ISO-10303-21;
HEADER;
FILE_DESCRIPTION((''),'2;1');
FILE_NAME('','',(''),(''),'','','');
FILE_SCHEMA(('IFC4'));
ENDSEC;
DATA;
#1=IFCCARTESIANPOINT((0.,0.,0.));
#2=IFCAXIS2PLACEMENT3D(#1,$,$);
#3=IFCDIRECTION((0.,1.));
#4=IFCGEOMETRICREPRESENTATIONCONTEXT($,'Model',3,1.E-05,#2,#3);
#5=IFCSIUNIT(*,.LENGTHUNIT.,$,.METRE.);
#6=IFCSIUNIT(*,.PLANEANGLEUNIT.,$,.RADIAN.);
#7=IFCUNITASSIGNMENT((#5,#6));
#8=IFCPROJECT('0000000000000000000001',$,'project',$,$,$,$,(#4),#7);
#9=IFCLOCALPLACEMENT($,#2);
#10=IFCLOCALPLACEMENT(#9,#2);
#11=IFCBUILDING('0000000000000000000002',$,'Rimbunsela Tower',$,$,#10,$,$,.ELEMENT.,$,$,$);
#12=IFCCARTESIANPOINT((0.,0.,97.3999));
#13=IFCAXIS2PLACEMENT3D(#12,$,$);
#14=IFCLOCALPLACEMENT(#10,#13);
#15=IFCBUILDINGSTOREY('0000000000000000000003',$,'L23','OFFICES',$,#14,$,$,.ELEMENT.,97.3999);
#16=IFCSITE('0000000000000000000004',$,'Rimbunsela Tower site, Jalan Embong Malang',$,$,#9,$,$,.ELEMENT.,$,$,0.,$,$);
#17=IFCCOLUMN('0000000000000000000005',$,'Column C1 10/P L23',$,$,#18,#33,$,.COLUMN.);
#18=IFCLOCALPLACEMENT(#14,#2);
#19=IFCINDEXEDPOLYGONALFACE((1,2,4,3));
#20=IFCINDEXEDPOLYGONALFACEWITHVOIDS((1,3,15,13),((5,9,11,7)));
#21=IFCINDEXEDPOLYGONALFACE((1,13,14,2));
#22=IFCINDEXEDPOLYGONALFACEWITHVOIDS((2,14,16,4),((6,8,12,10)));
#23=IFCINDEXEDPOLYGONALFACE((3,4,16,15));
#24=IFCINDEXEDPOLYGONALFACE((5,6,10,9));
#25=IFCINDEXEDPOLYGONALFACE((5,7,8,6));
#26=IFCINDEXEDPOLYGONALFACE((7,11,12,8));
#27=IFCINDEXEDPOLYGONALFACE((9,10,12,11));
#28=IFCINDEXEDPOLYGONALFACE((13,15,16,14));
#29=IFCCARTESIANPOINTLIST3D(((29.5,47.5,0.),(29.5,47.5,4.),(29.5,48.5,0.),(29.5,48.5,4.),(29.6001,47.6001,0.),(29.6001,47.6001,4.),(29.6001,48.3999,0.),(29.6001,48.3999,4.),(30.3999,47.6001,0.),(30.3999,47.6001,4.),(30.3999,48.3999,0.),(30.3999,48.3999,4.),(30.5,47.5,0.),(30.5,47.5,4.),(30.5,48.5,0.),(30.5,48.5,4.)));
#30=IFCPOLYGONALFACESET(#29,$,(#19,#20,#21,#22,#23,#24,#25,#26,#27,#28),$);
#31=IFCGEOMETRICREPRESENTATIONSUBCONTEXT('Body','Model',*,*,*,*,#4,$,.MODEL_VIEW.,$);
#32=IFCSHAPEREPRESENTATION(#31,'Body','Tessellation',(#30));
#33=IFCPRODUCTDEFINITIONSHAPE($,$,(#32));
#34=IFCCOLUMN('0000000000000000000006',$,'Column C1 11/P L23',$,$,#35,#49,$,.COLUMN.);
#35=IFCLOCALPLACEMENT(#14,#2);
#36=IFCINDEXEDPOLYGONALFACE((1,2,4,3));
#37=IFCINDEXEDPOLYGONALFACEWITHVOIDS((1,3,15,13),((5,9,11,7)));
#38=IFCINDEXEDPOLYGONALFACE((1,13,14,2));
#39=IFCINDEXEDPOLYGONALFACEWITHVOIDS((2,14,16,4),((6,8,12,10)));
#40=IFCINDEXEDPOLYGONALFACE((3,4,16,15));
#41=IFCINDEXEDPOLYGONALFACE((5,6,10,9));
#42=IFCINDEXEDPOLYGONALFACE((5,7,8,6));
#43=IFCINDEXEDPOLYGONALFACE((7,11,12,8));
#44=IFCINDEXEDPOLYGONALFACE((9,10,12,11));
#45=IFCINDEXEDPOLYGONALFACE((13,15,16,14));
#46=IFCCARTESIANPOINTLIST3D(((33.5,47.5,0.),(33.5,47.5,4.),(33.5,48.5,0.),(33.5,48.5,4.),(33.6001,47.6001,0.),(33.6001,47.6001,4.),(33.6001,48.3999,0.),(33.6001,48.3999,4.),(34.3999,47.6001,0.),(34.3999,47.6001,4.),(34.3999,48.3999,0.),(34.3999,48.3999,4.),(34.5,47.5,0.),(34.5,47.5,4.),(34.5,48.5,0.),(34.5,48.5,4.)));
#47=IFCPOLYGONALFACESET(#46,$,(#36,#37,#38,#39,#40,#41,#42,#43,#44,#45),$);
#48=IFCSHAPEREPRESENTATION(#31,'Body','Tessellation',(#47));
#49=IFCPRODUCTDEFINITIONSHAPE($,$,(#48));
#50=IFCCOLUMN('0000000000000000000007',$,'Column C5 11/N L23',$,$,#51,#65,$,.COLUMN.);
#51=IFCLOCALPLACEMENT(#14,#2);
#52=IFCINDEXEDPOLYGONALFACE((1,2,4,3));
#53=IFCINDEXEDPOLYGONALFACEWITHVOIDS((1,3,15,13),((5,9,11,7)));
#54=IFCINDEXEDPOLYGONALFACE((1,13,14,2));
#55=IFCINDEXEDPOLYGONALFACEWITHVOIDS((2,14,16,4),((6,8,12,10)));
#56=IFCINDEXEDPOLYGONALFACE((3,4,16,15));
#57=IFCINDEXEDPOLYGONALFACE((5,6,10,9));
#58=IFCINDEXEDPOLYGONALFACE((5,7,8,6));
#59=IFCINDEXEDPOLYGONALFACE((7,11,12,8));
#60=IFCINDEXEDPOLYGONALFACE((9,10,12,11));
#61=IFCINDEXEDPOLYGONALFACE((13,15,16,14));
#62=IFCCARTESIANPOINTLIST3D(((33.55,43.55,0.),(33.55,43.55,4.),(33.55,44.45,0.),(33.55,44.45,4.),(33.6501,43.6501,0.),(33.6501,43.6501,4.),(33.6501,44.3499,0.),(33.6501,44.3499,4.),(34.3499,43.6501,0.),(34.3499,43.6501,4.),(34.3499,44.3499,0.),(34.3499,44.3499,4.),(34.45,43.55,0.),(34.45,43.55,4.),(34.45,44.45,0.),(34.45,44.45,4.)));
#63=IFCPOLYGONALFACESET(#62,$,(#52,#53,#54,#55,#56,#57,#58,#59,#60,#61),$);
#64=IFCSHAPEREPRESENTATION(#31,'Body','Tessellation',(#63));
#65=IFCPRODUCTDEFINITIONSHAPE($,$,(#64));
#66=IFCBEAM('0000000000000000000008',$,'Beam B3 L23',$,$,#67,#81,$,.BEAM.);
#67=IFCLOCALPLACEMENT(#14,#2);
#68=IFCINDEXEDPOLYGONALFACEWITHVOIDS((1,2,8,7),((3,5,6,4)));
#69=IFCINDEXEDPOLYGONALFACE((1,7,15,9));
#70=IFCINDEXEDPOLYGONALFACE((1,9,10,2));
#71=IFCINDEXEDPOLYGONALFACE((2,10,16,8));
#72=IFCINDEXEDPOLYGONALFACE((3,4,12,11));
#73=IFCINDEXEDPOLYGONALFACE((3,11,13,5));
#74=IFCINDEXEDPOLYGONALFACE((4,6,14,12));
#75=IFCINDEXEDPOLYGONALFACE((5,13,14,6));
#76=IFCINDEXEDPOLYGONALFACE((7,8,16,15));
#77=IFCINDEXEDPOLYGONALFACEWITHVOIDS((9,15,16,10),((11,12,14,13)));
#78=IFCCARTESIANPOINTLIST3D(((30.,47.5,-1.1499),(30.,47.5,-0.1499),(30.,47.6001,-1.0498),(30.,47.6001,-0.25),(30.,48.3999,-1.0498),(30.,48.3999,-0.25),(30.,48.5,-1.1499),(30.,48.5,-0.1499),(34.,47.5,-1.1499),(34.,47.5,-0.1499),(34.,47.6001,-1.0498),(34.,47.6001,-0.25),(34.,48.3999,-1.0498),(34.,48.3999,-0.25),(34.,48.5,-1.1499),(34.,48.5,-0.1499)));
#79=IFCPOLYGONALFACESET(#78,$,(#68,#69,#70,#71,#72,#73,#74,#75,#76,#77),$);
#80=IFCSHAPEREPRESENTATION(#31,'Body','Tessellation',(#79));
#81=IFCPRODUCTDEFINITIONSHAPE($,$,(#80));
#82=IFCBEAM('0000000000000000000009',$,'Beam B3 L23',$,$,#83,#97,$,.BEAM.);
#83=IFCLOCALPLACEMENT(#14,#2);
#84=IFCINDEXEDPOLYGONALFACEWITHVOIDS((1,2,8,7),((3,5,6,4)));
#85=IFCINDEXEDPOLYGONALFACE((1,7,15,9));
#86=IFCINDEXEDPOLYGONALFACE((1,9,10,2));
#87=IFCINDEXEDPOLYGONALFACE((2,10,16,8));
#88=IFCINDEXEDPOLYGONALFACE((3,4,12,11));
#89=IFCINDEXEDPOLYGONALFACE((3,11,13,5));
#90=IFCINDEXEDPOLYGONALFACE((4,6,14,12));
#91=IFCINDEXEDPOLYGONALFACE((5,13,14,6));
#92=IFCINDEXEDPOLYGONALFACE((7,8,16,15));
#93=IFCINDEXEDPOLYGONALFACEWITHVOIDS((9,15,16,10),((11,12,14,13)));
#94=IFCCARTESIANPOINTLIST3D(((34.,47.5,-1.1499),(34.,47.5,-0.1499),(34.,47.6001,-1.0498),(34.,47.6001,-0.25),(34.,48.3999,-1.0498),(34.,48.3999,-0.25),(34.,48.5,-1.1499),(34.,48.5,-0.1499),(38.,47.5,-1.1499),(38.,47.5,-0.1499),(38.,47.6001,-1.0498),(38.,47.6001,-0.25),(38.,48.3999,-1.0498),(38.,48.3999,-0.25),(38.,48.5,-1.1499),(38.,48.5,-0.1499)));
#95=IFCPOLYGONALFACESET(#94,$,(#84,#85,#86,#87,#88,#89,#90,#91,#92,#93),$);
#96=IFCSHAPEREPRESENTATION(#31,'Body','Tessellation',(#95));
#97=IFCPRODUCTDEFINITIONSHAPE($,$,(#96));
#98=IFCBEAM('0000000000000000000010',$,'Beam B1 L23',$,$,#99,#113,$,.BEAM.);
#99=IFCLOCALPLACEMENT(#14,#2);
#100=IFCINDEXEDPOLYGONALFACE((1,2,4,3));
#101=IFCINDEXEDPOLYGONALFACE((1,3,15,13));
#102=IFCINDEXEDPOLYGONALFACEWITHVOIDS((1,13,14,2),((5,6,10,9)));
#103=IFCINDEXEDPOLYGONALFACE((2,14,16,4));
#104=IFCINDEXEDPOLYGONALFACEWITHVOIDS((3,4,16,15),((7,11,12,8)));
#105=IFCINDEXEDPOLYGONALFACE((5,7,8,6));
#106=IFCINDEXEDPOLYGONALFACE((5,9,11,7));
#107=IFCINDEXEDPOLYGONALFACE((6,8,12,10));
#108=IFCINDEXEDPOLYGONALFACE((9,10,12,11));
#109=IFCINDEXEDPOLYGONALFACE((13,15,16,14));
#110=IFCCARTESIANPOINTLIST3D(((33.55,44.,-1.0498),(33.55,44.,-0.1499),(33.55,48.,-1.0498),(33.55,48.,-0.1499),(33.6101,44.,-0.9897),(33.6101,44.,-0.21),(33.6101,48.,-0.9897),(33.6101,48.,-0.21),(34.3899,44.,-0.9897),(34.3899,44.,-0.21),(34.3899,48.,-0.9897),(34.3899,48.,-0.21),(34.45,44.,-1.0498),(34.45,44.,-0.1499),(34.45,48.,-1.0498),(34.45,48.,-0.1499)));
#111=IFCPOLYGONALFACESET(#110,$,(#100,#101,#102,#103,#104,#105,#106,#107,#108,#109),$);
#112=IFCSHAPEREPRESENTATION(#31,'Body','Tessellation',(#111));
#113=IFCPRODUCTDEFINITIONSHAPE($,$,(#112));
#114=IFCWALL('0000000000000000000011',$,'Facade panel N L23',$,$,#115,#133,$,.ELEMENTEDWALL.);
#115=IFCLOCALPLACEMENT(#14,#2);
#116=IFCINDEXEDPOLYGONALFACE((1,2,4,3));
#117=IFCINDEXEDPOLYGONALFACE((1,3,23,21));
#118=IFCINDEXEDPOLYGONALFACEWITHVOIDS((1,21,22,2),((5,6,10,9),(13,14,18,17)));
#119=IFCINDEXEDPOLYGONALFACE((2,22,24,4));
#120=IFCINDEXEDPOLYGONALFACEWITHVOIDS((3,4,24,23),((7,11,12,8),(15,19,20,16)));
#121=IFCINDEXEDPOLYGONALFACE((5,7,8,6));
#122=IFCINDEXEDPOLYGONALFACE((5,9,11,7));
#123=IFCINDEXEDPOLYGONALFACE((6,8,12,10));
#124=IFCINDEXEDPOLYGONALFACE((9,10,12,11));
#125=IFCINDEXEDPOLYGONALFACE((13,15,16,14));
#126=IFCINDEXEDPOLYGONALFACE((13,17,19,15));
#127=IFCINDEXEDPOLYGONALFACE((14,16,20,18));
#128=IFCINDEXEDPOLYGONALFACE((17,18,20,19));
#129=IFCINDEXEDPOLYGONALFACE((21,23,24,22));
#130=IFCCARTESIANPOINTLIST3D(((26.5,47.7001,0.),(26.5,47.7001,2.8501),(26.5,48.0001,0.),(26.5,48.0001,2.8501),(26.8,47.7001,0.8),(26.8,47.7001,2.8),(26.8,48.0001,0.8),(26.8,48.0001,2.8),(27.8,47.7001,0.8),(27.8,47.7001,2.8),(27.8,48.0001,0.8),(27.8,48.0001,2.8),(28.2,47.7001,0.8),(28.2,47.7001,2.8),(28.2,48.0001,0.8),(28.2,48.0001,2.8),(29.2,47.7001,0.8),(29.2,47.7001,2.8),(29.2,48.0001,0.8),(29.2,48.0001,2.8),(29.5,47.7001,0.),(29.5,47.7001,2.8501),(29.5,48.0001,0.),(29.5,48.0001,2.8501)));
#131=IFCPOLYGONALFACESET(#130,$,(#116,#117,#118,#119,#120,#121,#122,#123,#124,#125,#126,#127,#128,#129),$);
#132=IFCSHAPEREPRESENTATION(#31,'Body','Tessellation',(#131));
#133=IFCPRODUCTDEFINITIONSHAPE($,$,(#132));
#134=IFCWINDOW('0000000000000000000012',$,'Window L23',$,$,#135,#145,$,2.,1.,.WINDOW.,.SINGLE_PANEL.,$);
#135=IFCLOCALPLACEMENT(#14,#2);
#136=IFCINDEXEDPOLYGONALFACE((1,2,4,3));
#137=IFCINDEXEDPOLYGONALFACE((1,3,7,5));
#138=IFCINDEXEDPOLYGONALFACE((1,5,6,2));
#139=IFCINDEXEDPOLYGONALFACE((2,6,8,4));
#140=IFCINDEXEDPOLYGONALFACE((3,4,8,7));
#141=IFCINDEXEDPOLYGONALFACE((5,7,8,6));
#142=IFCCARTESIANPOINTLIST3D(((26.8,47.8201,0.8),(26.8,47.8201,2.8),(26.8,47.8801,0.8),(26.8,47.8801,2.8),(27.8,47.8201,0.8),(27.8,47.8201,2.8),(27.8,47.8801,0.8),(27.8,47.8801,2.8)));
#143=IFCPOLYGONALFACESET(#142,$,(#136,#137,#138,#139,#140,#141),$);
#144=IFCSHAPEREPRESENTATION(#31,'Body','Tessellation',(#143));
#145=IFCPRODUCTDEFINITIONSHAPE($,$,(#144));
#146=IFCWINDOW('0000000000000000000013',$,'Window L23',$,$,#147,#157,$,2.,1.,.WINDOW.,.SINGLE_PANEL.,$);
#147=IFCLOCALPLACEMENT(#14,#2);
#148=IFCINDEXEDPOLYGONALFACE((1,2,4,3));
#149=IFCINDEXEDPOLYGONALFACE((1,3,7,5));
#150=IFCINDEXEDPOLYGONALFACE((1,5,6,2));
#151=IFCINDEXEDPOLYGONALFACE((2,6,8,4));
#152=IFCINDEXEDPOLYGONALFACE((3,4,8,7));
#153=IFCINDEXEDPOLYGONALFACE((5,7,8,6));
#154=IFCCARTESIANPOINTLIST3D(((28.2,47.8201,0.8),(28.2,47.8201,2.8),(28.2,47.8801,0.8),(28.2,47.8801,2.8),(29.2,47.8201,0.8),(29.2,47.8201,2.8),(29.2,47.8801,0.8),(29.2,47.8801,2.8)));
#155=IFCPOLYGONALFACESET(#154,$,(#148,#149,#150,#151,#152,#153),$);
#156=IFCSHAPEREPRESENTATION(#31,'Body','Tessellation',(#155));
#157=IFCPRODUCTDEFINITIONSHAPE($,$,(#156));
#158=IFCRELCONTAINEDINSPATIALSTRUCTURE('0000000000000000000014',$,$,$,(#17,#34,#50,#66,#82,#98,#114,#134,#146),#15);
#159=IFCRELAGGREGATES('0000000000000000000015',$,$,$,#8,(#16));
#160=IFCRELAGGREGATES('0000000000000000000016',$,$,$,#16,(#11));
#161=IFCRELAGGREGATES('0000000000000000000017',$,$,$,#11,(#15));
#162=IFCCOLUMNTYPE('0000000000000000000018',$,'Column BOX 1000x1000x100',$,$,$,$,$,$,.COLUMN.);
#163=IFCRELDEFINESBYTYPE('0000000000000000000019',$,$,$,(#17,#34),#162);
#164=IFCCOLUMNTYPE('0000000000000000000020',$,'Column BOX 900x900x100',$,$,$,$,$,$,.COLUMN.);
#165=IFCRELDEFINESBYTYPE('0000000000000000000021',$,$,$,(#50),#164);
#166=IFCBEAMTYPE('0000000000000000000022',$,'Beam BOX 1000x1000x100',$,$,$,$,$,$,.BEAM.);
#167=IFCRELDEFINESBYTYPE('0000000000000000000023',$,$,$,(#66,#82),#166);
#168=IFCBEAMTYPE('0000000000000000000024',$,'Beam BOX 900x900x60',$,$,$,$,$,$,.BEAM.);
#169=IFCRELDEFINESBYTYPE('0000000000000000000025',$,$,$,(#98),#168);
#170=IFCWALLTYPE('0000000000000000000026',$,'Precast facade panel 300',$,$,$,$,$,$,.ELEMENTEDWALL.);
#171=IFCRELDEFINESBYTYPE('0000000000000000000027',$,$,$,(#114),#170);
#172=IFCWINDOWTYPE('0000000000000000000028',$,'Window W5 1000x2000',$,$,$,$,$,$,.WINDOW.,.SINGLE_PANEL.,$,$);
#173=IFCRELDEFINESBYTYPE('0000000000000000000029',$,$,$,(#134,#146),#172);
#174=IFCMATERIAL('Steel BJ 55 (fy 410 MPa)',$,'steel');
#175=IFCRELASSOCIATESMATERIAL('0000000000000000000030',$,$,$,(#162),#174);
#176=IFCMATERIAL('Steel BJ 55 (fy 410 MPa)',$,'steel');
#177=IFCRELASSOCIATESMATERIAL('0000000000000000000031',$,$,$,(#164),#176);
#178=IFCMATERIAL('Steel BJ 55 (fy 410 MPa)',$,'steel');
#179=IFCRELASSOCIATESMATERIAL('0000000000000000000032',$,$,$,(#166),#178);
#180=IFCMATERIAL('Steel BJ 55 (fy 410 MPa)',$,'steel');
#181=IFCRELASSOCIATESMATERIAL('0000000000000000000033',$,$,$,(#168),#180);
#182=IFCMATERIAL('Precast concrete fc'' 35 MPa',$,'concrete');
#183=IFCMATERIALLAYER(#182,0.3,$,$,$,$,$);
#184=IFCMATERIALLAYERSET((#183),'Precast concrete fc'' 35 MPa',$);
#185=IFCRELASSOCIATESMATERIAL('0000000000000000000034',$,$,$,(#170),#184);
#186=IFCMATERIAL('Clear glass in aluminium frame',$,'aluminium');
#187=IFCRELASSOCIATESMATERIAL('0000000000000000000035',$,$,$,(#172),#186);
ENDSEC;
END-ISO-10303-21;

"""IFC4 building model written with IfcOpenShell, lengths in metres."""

from ifc_helpers import new_model, si_unit, direction, frame, frame_2d, origin, origin_2d, place, context, subcontext, project, spatial, rectangle, hollow_rectangle, extrude, material, layer, layer_set, material_profile, profile_set, type_object, element, fill, save


model = new_model("IFC4")

# Units and contexts
model_context = context("Model", 3, precision=1e-05, world=origin(), true_north=direction((0.0, 1.0)))
body_context = subcontext(model_context, "Body", "Model", "MODEL_VIEW")
ifc_project = project(units=[si_unit("LENGTHUNIT", "METRE"), si_unit("PLANEANGLEUNIT", "RADIAN")], contexts=[model_context])

# Site, building, storey
site_placement = place(None, origin())
site = spatial("IfcSite", under=ifc_project, at=site_placement, Name="Rimbunsela Tower site, Jalan Embong Malang", CompositionType="ELEMENT", RefElevation=0.0)
building_placement = place(site_placement, origin())
building = spatial("IfcBuilding", under=site, at=building_placement, Name="Rimbunsela Tower", CompositionType="ELEMENT")
storey_placement = place(building_placement, frame((0.0, 0.0, 97.3999)))
storey = spatial("IfcBuildingStorey", under=building, at=storey_placement, Name="L23", Description="OFFICES", CompositionType="ELEMENT", Elevation=97.3999)

# Columns
ifc_material_1 = material(Name="Steel BJ 55 (fy 410 MPa)", Category="steel")
ifc_material_profile_1 = material_profile(ifc_material_1, hollow_rectangle(XDim=1.0, YDim=1.0, WallThickness=0.1001, at=origin_2d()), Name="BOX 1000x1000x100")
ifc_profile_set_1 = profile_set([ifc_material_profile_1], Name="Steel BJ 55 (fy 410 MPa)")
column_type_1 = type_object("IfcColumnType", Name="Column BOX 1000x1000x100", PredefinedType="COLUMN", material=ifc_profile_set_1)
for number, where, z_axis, x_axis, name in (
    (1, (30.0, 48.0, 0.0), (0.0, 0.0, 1.0), (1.0, 0.0, 0.0), "Column C1 10/P L23"),
    (2, (34.0, 48.0, 0.0), (0.0, 0.0, 1.0), (1.0, 0.0, 0.0), "Column C1 11/P L23"),
):
    element("IfcColumn", number, at=place(storey_placement, frame(where, z_axis=z_axis, x_axis=x_axis)), inside=storey, type_object=column_type_1, Name=name, PredefinedType="COLUMN", context=body_context, shape_type="SweptSolid", body=[
        extrude(hollow_rectangle(XDim=1.0, YDim=1.0, WallThickness=0.1001, at=origin_2d()), origin(), (0.0, 0.0, 1.0), 4.0),
    ])
ifc_material_2 = material(Name="Steel BJ 55 (fy 410 MPa)", Category="steel")
ifc_material_profile_2 = material_profile(ifc_material_2, hollow_rectangle(XDim=0.8999, YDim=0.8999, WallThickness=0.1001, at=origin_2d()), Name="BOX 900x900x100")
ifc_profile_set_2 = profile_set([ifc_material_profile_2], Name="Steel BJ 55 (fy 410 MPa)")
column_type_2 = type_object("IfcColumnType", Name="Column BOX 900x900x100", PredefinedType="COLUMN", material=ifc_profile_set_2)
column_placement = place(storey_placement, frame((34.0, 44.0, 0.0), z_axis=(0.0, 0.0, 1.0), x_axis=(1.0, 0.0, 0.0)))
element("IfcColumn", 3, at=column_placement, inside=storey, type_object=column_type_2, Name="Column C5 11/N L23", PredefinedType="COLUMN", context=body_context, shape_type="SweptSolid", body=[
    extrude(hollow_rectangle(XDim=0.8999, YDim=0.8999, WallThickness=0.1001, at=origin_2d()), origin(), (0.0, 0.0, 1.0), 4.0),
])

# Beams
ifc_material_3 = material(Name="Steel BJ 55 (fy 410 MPa)", Category="steel")
ifc_material_profile_3 = material_profile(ifc_material_3, hollow_rectangle(XDim=1.0, YDim=1.0, WallThickness=0.1001, at=origin_2d()), Name="BOX 1000x1000x100")
ifc_profile_set_3 = profile_set([ifc_material_profile_3], Name="Steel BJ 55 (fy 410 MPa)")
beam_type_1 = type_object("IfcBeamType", Name="Beam BOX 1000x1000x100", PredefinedType="BEAM", material=ifc_profile_set_3)
for number, where, z_axis, x_axis, name in (
    (4, (30.0, 48.0, -0.6499), (1.0, 0.0, 0.0), (0.0, 1.0, 0.0), "Beam B3 L23"),
    (5, (34.0, 48.0, -0.6499), (1.0, 0.0, 0.0), (0.0, 1.0, 0.0), "Beam B3 L23"),
):
    element("IfcBeam", number, at=place(storey_placement, frame(where, z_axis=z_axis, x_axis=x_axis)), inside=storey, type_object=beam_type_1, Name=name, PredefinedType="BEAM", context=body_context, shape_type="SweptSolid", body=[
        extrude(hollow_rectangle(XDim=1.0, YDim=1.0, WallThickness=0.1001, at=origin_2d()), origin(), (0.0, 0.0, 1.0), 4.0),
    ])
ifc_material_4 = material(Name="Steel BJ 55 (fy 410 MPa)", Category="steel")
ifc_material_profile_4 = material_profile(ifc_material_4, hollow_rectangle(XDim=0.8999, YDim=0.8999, WallThickness=0.0601, at=origin_2d()), Name="BOX 900x900x60")
ifc_profile_set_4 = profile_set([ifc_material_profile_4], Name="Steel BJ 55 (fy 410 MPa)")
beam_type_2 = type_object("IfcBeamType", Name="Beam BOX 900x900x60", PredefinedType="BEAM", material=ifc_profile_set_4)
beam_placement = place(storey_placement, frame((34.0, 44.0, -0.5999), z_axis=(0.0, 1.0, 0.0), x_axis=(-1.0, 0.0, 0.0)))
element("IfcBeam", 6, at=beam_placement, inside=storey, type_object=beam_type_2, Name="Beam B1 L23", PredefinedType="BEAM", context=body_context, shape_type="SweptSolid", body=[
    extrude(hollow_rectangle(XDim=0.8999, YDim=0.8999, WallThickness=0.0601, at=origin_2d()), origin(), (0.0, 0.0, 1.0), 4.0),
])

# Wall, openings, windows
ifc_material_5 = material(Name="Precast concrete fc' 35 MPa", Category="concrete")
ifc_layer_1 = layer(ifc_material_5, 0.3)
ifc_layer_set_1 = layer_set([ifc_layer_1], Name="Precast concrete fc' 35 MPa")
wall_type_1 = type_object("IfcWallType", Name="Precast facade panel 300", PredefinedType="ELEMENTEDWALL", material=ifc_layer_set_1)
wall_1_placement = place(storey_placement, frame((29.5, 47.8501, 0.0), z_axis=(0.0, 0.0, 1.0), x_axis=(-1.0, 0.0, 0.0)))
wall_1 = element("IfcWall", 7, at=wall_1_placement, inside=storey, type_object=wall_type_1, Name="Facade panel N L23", PredefinedType="ELEMENTEDWALL", context=body_context, shape_type="SweptSolid", body=[
    extrude(rectangle(XDim=3.0, YDim=0.3, at=frame_2d((1.5, 0.0))), origin(), (0.0, 0.0, 1.0), 2.8501),
])
opening_1_placement = place(wall_1_placement, frame((1.7, 0.0, 0.8)))
opening_1 = element("IfcOpeningElement", 8, at=opening_1_placement, cuts=wall_1, PredefinedType="OPENING", context=body_context, shape_type="SweptSolid", body=[
    extrude(rectangle(XDim=1.0, YDim=2.0, at=frame_2d((0.5, 1.0))), frame((0.0, 0.1599, 0.0), z_axis=(0.0, -1.0, 0.0), x_axis=(1.0, 0.0, 0.0)), (0.0, 0.0, 1.0), 0.3201),
])
opening_2_placement = place(wall_1_placement, frame((0.3, 0.0, 0.8)))
opening_2 = element("IfcOpeningElement", 9, at=opening_2_placement, cuts=wall_1, PredefinedType="OPENING", context=body_context, shape_type="SweptSolid", body=[
    extrude(rectangle(XDim=1.0, YDim=2.0, at=frame_2d((0.5, 1.0))), frame((0.0, 0.1599, 0.0), z_axis=(0.0, -1.0, 0.0), x_axis=(1.0, 0.0, 0.0)), (0.0, 0.0, 1.0), 0.3201),
])
ifc_material_6 = material(Name="Clear glass in aluminium frame", Category="aluminium")
window_type_1 = type_object("IfcWindowType", Name="Window W5 1000x2000", PartitioningType="SINGLE_PANEL", PredefinedType="WINDOW", material=ifc_material_6)
window_1_placement = place(opening_1_placement, origin())
window_1 = element("IfcWindow", 10, at=window_1_placement, inside=storey, type_object=window_type_1, Name="Window L23", OverallHeight=2.0, OverallWidth=1.0, PartitioningType="SINGLE_PANEL", PredefinedType="WINDOW", context=body_context, shape_type="SweptSolid", body=[
    extrude(rectangle(XDim=1.0, YDim=2.0, at=frame_2d((0.5, 1.0))), frame((0.0, 0.03, 0.0), z_axis=(0.0, -1.0, 0.0), x_axis=(1.0, 0.0, 0.0)), (0.0, 0.0, 1.0), 0.0601),
])
fill(opening_1, window_1)
window_2_placement = place(opening_2_placement, origin())
window_2 = element("IfcWindow", 11, at=window_2_placement, inside=storey, type_object=window_type_1, Name="Window L23", OverallHeight=2.0, OverallWidth=1.0, PartitioningType="SINGLE_PANEL", PredefinedType="WINDOW", context=body_context, shape_type="SweptSolid", body=[
    extrude(rectangle(XDim=1.0, YDim=2.0, at=frame_2d((0.5, 1.0))), frame((0.0, 0.03, 0.0), z_axis=(0.0, -1.0, 0.0), x_axis=(1.0, 0.0, 0.0)), (0.0, 0.0, 1.0), 0.0601),
])
fill(opening_2, window_2)

save(model, "model.ifc")
